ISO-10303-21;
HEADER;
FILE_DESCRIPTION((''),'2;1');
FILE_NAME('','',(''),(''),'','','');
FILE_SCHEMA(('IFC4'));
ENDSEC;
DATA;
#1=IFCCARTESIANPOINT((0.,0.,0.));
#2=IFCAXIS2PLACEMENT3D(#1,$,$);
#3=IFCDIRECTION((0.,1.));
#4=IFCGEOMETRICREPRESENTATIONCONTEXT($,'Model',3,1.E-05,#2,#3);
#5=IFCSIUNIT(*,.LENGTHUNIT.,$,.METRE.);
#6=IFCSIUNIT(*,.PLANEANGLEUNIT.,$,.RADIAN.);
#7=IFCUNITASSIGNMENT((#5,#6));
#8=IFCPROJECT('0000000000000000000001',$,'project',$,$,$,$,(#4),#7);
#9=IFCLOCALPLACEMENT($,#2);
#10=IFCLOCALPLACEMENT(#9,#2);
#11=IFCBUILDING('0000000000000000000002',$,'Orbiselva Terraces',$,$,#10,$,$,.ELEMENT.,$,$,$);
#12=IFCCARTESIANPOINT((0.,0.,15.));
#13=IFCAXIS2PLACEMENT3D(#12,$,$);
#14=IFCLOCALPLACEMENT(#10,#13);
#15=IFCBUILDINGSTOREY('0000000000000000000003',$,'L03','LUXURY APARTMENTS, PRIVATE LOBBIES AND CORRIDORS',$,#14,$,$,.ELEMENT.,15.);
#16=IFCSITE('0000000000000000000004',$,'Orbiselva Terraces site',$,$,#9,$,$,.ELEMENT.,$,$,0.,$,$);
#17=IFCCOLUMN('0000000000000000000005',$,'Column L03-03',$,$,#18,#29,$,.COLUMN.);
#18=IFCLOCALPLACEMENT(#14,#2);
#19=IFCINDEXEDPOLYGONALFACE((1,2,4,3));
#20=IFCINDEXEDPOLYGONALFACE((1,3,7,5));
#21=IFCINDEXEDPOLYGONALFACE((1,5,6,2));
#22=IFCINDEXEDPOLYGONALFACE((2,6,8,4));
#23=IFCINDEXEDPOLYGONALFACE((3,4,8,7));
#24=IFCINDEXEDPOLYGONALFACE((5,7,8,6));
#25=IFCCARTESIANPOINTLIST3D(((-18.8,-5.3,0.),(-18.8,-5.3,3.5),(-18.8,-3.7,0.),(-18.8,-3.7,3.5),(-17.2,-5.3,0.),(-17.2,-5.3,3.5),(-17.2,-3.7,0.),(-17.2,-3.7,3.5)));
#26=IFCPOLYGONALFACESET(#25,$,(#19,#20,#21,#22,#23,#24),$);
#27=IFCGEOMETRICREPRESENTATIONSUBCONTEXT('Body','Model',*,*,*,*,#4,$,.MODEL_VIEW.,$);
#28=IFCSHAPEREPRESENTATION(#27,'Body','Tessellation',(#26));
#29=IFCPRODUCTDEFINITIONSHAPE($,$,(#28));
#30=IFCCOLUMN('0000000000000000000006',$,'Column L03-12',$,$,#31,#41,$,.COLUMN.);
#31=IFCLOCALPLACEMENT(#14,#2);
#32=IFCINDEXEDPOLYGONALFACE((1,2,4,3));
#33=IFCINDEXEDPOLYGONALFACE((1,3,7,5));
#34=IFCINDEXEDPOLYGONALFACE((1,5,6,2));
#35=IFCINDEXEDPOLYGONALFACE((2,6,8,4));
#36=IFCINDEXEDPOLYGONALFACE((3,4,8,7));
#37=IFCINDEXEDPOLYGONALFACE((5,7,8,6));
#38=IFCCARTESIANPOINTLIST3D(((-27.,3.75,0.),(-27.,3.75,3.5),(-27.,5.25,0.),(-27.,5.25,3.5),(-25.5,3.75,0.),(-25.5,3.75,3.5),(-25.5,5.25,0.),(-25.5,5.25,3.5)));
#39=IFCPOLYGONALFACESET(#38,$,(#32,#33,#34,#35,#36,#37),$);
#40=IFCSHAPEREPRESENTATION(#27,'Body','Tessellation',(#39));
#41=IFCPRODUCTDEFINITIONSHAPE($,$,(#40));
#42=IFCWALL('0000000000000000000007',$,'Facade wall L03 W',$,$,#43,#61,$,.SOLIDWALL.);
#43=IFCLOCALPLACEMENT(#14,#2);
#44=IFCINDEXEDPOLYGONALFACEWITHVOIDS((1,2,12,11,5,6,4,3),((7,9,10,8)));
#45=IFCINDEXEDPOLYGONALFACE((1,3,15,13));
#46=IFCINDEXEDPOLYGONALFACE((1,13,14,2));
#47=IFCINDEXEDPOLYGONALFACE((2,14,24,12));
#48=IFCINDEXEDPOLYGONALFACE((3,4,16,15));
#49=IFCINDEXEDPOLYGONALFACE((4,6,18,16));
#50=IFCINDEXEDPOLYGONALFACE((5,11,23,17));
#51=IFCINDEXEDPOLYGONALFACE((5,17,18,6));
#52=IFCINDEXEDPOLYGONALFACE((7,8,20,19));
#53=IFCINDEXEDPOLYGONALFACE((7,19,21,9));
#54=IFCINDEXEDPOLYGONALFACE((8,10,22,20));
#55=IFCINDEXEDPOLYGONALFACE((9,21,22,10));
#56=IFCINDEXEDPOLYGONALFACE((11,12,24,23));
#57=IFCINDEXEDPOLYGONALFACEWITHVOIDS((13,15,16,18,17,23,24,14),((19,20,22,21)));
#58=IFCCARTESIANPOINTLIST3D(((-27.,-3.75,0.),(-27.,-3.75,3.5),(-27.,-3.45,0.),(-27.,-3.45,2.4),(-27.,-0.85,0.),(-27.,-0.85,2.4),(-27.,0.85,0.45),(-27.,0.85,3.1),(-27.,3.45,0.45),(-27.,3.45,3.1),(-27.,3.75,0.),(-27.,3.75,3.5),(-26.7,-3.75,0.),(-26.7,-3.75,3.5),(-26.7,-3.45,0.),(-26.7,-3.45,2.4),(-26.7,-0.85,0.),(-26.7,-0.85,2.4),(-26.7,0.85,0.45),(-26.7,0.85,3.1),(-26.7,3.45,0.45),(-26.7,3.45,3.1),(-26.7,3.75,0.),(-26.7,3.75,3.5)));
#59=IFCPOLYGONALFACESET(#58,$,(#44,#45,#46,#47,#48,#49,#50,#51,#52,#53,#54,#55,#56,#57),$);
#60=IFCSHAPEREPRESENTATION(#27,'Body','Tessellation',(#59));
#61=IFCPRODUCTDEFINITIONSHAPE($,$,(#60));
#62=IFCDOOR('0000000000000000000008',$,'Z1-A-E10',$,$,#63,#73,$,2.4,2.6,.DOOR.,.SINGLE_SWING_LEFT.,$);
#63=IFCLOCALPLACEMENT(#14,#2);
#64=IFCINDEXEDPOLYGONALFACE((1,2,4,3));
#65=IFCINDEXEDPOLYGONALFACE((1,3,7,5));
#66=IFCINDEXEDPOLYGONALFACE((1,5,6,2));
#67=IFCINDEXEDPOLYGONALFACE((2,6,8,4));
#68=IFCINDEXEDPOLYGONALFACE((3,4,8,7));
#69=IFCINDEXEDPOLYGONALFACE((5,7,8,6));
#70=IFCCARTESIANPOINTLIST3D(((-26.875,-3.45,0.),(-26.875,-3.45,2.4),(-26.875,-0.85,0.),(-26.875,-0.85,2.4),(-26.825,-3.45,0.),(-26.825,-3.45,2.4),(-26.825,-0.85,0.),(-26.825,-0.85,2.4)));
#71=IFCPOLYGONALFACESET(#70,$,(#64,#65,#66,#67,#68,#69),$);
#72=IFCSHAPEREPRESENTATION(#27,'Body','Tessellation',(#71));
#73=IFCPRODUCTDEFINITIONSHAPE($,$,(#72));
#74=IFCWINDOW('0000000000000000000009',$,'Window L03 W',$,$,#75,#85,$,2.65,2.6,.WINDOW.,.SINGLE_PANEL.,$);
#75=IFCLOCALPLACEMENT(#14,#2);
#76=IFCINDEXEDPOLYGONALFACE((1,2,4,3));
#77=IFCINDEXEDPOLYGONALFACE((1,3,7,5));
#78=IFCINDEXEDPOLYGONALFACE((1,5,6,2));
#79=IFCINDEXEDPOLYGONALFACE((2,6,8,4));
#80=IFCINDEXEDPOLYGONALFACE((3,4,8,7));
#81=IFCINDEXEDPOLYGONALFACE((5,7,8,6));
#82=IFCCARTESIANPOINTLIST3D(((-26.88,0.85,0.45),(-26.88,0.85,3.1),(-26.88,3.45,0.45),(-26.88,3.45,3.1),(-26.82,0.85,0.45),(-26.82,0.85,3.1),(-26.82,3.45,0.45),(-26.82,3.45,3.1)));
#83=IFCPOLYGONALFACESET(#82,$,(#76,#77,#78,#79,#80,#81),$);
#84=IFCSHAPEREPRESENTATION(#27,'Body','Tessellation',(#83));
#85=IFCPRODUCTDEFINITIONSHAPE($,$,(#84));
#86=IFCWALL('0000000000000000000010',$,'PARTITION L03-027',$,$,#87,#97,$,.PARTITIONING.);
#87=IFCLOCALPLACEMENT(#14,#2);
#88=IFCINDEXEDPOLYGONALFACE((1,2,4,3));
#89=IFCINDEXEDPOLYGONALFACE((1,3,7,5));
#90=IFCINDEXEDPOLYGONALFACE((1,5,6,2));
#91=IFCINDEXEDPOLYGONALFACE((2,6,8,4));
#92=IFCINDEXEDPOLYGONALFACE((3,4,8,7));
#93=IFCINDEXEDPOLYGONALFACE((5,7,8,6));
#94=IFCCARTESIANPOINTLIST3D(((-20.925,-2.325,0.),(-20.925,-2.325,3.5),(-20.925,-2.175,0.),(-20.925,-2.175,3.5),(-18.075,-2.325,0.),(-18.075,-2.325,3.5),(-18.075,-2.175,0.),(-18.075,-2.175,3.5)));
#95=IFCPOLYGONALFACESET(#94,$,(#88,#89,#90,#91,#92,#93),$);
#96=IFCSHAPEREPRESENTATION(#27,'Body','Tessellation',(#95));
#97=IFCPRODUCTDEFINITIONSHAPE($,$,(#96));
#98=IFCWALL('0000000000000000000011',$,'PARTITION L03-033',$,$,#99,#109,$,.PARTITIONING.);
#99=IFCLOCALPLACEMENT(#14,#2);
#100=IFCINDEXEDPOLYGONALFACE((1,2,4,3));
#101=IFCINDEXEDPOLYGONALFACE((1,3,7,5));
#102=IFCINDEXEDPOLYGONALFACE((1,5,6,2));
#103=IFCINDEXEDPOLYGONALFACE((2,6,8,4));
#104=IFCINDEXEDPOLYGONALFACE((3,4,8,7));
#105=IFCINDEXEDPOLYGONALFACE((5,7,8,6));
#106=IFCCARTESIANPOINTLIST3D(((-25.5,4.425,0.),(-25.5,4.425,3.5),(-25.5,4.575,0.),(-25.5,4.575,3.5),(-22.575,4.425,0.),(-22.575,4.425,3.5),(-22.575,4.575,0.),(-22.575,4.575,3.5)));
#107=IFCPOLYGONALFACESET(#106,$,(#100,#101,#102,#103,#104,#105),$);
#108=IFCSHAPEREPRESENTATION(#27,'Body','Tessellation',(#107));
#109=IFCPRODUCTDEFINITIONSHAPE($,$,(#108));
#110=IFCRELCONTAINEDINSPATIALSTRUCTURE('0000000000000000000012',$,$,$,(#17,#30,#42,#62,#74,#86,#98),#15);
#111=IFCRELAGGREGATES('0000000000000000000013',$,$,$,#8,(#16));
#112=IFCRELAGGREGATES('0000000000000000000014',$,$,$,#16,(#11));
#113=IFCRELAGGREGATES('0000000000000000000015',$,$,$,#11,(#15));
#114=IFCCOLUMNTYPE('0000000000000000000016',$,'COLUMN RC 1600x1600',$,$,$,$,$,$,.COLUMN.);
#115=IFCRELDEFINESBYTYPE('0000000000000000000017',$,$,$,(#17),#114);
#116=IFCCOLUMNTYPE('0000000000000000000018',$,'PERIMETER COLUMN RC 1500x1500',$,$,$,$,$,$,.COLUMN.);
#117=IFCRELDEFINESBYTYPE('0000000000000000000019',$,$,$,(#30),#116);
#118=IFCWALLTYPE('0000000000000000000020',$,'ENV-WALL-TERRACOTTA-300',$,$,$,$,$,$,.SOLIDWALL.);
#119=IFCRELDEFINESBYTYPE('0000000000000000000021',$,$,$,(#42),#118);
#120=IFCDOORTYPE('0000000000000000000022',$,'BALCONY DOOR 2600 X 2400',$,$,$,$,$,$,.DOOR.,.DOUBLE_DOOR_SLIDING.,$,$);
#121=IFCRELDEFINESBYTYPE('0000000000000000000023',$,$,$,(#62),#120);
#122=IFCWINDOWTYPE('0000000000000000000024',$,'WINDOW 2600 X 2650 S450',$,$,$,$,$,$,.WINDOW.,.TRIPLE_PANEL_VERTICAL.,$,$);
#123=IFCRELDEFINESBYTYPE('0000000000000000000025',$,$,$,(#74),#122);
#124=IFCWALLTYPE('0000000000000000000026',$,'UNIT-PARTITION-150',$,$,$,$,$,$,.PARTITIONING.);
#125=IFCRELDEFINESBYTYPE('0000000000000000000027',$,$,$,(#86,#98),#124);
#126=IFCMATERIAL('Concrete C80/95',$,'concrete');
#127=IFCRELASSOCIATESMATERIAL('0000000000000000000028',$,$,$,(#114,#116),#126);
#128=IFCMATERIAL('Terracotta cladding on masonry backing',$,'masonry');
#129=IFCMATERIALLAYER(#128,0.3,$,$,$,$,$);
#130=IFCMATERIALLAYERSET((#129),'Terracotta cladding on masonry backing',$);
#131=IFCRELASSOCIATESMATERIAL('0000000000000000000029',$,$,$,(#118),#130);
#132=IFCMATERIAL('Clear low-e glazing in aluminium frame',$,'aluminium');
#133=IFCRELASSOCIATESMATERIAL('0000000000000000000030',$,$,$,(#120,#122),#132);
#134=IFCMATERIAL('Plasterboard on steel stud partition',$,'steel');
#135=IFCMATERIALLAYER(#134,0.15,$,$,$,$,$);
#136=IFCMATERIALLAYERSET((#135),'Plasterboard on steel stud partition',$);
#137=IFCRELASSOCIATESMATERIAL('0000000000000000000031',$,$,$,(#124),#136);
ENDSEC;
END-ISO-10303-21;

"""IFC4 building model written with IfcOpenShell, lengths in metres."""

from ifc_helpers import new_model, si_unit, direction, frame, frame_2d, origin, origin_2d, place, context, subcontext, project, spatial, rectangle, extrude, material, layer, layer_set, material_profile, profile_set, type_object, element, fill, save


model = new_model("IFC4")

# Units and contexts
model_context = context("Model", 3, precision=1e-05, world=origin(), true_north=direction((0.0, 1.0)))
body_context = subcontext(model_context, "Body", "Model", "MODEL_VIEW")
ifc_project = project(units=[si_unit("LENGTHUNIT", "METRE"), si_unit("PLANEANGLEUNIT", "RADIAN")], contexts=[model_context])

# Site, building, storey
site_placement = place(None, origin())
site = spatial("IfcSite", under=ifc_project, at=site_placement, Name="Orbiselva Terraces site", CompositionType="ELEMENT", RefElevation=0.0)
building_placement = place(site_placement, origin())
building = spatial("IfcBuilding", under=site, at=building_placement, Name="Orbiselva Terraces", CompositionType="ELEMENT")
storey_placement = place(building_placement, frame((0.0, 0.0, 15.0)))
storey = spatial("IfcBuildingStorey", under=building, at=storey_placement, Name="L03", Description="LUXURY APARTMENTS, PRIVATE LOBBIES AND CORRIDORS", CompositionType="ELEMENT", Elevation=15.0)

# Columns
ifc_material_1 = material(Name="Concrete C80/95", Category="concrete")
ifc_material_profile_1 = material_profile(ifc_material_1, rectangle(XDim=1.6, YDim=1.6, at=origin_2d()), Name="RC 1600x1600")
ifc_profile_set_1 = profile_set([ifc_material_profile_1], Name="Concrete C80/95")
column_type_1 = type_object("IfcColumnType", Name="COLUMN RC 1600x1600", PredefinedType="COLUMN", material=ifc_profile_set_1)
column_1_placement = place(storey_placement, frame((-18.0, -4.5, 0.0), z_axis=(0.0, 0.0, 1.0), x_axis=(1.0, 0.0, 0.0)))
element("IfcColumn", 1, at=column_1_placement, inside=storey, type_object=column_type_1, Name="Column L03-03", PredefinedType="COLUMN", context=body_context, shape_type="SweptSolid", body=[
    extrude(rectangle(XDim=1.6, YDim=1.6, at=origin_2d()), origin(), (0.0, 0.0, 1.0), 3.5),
])
ifc_material_profile_2 = material_profile(ifc_material_1, rectangle(XDim=1.5, YDim=1.5, at=origin_2d()), Name="RC 1500x1500")
ifc_profile_set_2 = profile_set([ifc_material_profile_2], Name="Concrete C80/95")
column_type_2 = type_object("IfcColumnType", Name="PERIMETER COLUMN RC 1500x1500", PredefinedType="COLUMN", material=ifc_profile_set_2)
column_2_placement = place(storey_placement, frame((-26.25, 4.5, 0.0), z_axis=(0.0, 0.0, 1.0), x_axis=(1.0, 0.0, 0.0)))
element("IfcColumn", 2, at=column_2_placement, inside=storey, type_object=column_type_2, Name="Column L03-12", PredefinedType="COLUMN", context=body_context, shape_type="SweptSolid", body=[
    extrude(rectangle(XDim=1.5, YDim=1.5, at=origin_2d()), origin(), (0.0, 0.0, 1.0), 3.5),
])

# Wall, openings, door, window
ifc_material_2 = material(Name="Terracotta cladding on masonry backing", Category="masonry")
ifc_layer_1 = layer(ifc_material_2, 0.3)
ifc_layer_set_1 = layer_set([ifc_layer_1], Name="Terracotta cladding on masonry backing")
wall_type_1 = type_object("IfcWallType", Name="ENV-WALL-TERRACOTTA-300", PredefinedType="SOLIDWALL", material=ifc_layer_set_1)
wall_1_placement = place(storey_placement, frame((-26.85, -3.75, 0.0), z_axis=(0.0, 0.0, 1.0), x_axis=(0.0, 1.0, 0.0)))
wall_1 = element("IfcWall", 3, at=wall_1_placement, inside=storey, type_object=wall_type_1, Name="Facade wall L03 W", PredefinedType="SOLIDWALL", context=body_context, shape_type="SweptSolid", body=[
    extrude(rectangle(XDim=7.5, YDim=0.3, at=frame_2d((3.75, 0.0))), origin(), (0.0, 0.0, 1.0), 3.5),
])
opening_1_placement = place(wall_1_placement, frame((4.6, 0.0, 0.45)))
opening_1 = element("IfcOpeningElement", 4, at=opening_1_placement, cuts=wall_1, PredefinedType="OPENING", context=body_context, shape_type="SweptSolid", body=[
    extrude(rectangle(XDim=2.6, YDim=2.65, at=frame_2d((1.3, 1.325))), frame((0.0, 0.16, 0.0), z_axis=(0.0, -1.0, 0.0), x_axis=(1.0, 0.0, 0.0)), (0.0, 0.0, 1.0), 0.32),
])
opening_2_placement = place(wall_1_placement, frame((0.3, 0.0, 0.0)))
opening_2 = element("IfcOpeningElement", 5, at=opening_2_placement, cuts=wall_1, PredefinedType="OPENING", context=body_context, shape_type="SweptSolid", body=[
    extrude(rectangle(XDim=2.6, YDim=2.4, at=frame_2d((1.3, 1.2))), frame((0.0, 0.16, 0.0), z_axis=(0.0, -1.0, 0.0), x_axis=(1.0, 0.0, 0.0)), (0.0, 0.0, 1.0), 0.32),
])
ifc_material_3 = material(Name="Clear low-e glazing in aluminium frame", Category="aluminium")
door_type_1 = type_object("IfcDoorType", Name="BALCONY DOOR 2600 X 2400", OperationType="DOUBLE_DOOR_SLIDING", PredefinedType="DOOR", material=ifc_material_3)
door_1_placement = place(opening_2_placement, origin())
door_1 = element("IfcDoor", 6, at=door_1_placement, inside=storey, type_object=door_type_1, Name="Z1-A-E10", OperationType="SINGLE_SWING_LEFT", OverallHeight=2.4, OverallWidth=2.6, PredefinedType="DOOR", context=body_context, shape_type="SweptSolid", body=[
    extrude(rectangle(XDim=2.6, YDim=2.4, at=frame_2d((1.3, 1.2))), frame((0.0, 0.025, 0.0), z_axis=(0.0, -1.0, 0.0), x_axis=(1.0, 0.0, 0.0)), (0.0, 0.0, 1.0), 0.05),
])
fill(opening_2, door_1)
window_type = type_object("IfcWindowType", Name="WINDOW 2600 X 2650 S450", PartitioningType="TRIPLE_PANEL_VERTICAL", PredefinedType="WINDOW", material=ifc_material_3)
window_placement = place(opening_1_placement, origin())
window = element("IfcWindow", 7, at=window_placement, inside=storey, type_object=window_type, Name="Window L03 W", OverallHeight=2.65, OverallWidth=2.6, PartitioningType="SINGLE_PANEL", PredefinedType="WINDOW", context=body_context, shape_type="SweptSolid", body=[
    extrude(rectangle(XDim=2.6, YDim=2.65, at=frame_2d((1.3, 1.325))), frame((0.0, 0.03, 0.0), z_axis=(0.0, -1.0, 0.0), x_axis=(1.0, 0.0, 0.0)), (0.0, 0.0, 1.0), 0.06),
])
fill(opening_1, window)

# Walls
ifc_material_4 = material(Name="Plasterboard on steel stud partition", Category="steel")
ifc_layer_2 = layer(ifc_material_4, 0.15)
ifc_layer_set_2 = layer_set([ifc_layer_2], Name="Plasterboard on steel stud partition")
wall_type_2 = type_object("IfcWallType", Name="UNIT-PARTITION-150", PredefinedType="PARTITIONING", material=ifc_layer_set_2)
wall_2_placement = place(storey_placement, frame((-20.925, -2.25, 0.0), z_axis=(0.0, 0.0, 1.0), x_axis=(1.0, 0.0, 0.0)))
element("IfcWall", 8, at=wall_2_placement, inside=storey, type_object=wall_type_2, Name="PARTITION L03-027", PredefinedType="PARTITIONING", context=body_context, shape_type="SweptSolid", body=[
    extrude(rectangle(XDim=2.85, YDim=0.15, at=frame_2d((1.425, 0.0))), origin(), (0.0, 0.0, 1.0), 3.5),
])
wall_3_placement = place(storey_placement, frame((-25.5, 4.5, 0.0), z_axis=(0.0, 0.0, 1.0), x_axis=(1.0, 0.0, 0.0)))
element("IfcWall", 9, at=wall_3_placement, inside=storey, type_object=wall_type_2, Name="PARTITION L03-033", PredefinedType="PARTITIONING", context=body_context, shape_type="SweptSolid", body=[
    extrude(rectangle(XDim=2.925, YDim=0.15, at=frame_2d((1.4625, 0.0))), origin(), (0.0, 0.0, 1.0), 3.5),
])

save(model, "model.ifc")
